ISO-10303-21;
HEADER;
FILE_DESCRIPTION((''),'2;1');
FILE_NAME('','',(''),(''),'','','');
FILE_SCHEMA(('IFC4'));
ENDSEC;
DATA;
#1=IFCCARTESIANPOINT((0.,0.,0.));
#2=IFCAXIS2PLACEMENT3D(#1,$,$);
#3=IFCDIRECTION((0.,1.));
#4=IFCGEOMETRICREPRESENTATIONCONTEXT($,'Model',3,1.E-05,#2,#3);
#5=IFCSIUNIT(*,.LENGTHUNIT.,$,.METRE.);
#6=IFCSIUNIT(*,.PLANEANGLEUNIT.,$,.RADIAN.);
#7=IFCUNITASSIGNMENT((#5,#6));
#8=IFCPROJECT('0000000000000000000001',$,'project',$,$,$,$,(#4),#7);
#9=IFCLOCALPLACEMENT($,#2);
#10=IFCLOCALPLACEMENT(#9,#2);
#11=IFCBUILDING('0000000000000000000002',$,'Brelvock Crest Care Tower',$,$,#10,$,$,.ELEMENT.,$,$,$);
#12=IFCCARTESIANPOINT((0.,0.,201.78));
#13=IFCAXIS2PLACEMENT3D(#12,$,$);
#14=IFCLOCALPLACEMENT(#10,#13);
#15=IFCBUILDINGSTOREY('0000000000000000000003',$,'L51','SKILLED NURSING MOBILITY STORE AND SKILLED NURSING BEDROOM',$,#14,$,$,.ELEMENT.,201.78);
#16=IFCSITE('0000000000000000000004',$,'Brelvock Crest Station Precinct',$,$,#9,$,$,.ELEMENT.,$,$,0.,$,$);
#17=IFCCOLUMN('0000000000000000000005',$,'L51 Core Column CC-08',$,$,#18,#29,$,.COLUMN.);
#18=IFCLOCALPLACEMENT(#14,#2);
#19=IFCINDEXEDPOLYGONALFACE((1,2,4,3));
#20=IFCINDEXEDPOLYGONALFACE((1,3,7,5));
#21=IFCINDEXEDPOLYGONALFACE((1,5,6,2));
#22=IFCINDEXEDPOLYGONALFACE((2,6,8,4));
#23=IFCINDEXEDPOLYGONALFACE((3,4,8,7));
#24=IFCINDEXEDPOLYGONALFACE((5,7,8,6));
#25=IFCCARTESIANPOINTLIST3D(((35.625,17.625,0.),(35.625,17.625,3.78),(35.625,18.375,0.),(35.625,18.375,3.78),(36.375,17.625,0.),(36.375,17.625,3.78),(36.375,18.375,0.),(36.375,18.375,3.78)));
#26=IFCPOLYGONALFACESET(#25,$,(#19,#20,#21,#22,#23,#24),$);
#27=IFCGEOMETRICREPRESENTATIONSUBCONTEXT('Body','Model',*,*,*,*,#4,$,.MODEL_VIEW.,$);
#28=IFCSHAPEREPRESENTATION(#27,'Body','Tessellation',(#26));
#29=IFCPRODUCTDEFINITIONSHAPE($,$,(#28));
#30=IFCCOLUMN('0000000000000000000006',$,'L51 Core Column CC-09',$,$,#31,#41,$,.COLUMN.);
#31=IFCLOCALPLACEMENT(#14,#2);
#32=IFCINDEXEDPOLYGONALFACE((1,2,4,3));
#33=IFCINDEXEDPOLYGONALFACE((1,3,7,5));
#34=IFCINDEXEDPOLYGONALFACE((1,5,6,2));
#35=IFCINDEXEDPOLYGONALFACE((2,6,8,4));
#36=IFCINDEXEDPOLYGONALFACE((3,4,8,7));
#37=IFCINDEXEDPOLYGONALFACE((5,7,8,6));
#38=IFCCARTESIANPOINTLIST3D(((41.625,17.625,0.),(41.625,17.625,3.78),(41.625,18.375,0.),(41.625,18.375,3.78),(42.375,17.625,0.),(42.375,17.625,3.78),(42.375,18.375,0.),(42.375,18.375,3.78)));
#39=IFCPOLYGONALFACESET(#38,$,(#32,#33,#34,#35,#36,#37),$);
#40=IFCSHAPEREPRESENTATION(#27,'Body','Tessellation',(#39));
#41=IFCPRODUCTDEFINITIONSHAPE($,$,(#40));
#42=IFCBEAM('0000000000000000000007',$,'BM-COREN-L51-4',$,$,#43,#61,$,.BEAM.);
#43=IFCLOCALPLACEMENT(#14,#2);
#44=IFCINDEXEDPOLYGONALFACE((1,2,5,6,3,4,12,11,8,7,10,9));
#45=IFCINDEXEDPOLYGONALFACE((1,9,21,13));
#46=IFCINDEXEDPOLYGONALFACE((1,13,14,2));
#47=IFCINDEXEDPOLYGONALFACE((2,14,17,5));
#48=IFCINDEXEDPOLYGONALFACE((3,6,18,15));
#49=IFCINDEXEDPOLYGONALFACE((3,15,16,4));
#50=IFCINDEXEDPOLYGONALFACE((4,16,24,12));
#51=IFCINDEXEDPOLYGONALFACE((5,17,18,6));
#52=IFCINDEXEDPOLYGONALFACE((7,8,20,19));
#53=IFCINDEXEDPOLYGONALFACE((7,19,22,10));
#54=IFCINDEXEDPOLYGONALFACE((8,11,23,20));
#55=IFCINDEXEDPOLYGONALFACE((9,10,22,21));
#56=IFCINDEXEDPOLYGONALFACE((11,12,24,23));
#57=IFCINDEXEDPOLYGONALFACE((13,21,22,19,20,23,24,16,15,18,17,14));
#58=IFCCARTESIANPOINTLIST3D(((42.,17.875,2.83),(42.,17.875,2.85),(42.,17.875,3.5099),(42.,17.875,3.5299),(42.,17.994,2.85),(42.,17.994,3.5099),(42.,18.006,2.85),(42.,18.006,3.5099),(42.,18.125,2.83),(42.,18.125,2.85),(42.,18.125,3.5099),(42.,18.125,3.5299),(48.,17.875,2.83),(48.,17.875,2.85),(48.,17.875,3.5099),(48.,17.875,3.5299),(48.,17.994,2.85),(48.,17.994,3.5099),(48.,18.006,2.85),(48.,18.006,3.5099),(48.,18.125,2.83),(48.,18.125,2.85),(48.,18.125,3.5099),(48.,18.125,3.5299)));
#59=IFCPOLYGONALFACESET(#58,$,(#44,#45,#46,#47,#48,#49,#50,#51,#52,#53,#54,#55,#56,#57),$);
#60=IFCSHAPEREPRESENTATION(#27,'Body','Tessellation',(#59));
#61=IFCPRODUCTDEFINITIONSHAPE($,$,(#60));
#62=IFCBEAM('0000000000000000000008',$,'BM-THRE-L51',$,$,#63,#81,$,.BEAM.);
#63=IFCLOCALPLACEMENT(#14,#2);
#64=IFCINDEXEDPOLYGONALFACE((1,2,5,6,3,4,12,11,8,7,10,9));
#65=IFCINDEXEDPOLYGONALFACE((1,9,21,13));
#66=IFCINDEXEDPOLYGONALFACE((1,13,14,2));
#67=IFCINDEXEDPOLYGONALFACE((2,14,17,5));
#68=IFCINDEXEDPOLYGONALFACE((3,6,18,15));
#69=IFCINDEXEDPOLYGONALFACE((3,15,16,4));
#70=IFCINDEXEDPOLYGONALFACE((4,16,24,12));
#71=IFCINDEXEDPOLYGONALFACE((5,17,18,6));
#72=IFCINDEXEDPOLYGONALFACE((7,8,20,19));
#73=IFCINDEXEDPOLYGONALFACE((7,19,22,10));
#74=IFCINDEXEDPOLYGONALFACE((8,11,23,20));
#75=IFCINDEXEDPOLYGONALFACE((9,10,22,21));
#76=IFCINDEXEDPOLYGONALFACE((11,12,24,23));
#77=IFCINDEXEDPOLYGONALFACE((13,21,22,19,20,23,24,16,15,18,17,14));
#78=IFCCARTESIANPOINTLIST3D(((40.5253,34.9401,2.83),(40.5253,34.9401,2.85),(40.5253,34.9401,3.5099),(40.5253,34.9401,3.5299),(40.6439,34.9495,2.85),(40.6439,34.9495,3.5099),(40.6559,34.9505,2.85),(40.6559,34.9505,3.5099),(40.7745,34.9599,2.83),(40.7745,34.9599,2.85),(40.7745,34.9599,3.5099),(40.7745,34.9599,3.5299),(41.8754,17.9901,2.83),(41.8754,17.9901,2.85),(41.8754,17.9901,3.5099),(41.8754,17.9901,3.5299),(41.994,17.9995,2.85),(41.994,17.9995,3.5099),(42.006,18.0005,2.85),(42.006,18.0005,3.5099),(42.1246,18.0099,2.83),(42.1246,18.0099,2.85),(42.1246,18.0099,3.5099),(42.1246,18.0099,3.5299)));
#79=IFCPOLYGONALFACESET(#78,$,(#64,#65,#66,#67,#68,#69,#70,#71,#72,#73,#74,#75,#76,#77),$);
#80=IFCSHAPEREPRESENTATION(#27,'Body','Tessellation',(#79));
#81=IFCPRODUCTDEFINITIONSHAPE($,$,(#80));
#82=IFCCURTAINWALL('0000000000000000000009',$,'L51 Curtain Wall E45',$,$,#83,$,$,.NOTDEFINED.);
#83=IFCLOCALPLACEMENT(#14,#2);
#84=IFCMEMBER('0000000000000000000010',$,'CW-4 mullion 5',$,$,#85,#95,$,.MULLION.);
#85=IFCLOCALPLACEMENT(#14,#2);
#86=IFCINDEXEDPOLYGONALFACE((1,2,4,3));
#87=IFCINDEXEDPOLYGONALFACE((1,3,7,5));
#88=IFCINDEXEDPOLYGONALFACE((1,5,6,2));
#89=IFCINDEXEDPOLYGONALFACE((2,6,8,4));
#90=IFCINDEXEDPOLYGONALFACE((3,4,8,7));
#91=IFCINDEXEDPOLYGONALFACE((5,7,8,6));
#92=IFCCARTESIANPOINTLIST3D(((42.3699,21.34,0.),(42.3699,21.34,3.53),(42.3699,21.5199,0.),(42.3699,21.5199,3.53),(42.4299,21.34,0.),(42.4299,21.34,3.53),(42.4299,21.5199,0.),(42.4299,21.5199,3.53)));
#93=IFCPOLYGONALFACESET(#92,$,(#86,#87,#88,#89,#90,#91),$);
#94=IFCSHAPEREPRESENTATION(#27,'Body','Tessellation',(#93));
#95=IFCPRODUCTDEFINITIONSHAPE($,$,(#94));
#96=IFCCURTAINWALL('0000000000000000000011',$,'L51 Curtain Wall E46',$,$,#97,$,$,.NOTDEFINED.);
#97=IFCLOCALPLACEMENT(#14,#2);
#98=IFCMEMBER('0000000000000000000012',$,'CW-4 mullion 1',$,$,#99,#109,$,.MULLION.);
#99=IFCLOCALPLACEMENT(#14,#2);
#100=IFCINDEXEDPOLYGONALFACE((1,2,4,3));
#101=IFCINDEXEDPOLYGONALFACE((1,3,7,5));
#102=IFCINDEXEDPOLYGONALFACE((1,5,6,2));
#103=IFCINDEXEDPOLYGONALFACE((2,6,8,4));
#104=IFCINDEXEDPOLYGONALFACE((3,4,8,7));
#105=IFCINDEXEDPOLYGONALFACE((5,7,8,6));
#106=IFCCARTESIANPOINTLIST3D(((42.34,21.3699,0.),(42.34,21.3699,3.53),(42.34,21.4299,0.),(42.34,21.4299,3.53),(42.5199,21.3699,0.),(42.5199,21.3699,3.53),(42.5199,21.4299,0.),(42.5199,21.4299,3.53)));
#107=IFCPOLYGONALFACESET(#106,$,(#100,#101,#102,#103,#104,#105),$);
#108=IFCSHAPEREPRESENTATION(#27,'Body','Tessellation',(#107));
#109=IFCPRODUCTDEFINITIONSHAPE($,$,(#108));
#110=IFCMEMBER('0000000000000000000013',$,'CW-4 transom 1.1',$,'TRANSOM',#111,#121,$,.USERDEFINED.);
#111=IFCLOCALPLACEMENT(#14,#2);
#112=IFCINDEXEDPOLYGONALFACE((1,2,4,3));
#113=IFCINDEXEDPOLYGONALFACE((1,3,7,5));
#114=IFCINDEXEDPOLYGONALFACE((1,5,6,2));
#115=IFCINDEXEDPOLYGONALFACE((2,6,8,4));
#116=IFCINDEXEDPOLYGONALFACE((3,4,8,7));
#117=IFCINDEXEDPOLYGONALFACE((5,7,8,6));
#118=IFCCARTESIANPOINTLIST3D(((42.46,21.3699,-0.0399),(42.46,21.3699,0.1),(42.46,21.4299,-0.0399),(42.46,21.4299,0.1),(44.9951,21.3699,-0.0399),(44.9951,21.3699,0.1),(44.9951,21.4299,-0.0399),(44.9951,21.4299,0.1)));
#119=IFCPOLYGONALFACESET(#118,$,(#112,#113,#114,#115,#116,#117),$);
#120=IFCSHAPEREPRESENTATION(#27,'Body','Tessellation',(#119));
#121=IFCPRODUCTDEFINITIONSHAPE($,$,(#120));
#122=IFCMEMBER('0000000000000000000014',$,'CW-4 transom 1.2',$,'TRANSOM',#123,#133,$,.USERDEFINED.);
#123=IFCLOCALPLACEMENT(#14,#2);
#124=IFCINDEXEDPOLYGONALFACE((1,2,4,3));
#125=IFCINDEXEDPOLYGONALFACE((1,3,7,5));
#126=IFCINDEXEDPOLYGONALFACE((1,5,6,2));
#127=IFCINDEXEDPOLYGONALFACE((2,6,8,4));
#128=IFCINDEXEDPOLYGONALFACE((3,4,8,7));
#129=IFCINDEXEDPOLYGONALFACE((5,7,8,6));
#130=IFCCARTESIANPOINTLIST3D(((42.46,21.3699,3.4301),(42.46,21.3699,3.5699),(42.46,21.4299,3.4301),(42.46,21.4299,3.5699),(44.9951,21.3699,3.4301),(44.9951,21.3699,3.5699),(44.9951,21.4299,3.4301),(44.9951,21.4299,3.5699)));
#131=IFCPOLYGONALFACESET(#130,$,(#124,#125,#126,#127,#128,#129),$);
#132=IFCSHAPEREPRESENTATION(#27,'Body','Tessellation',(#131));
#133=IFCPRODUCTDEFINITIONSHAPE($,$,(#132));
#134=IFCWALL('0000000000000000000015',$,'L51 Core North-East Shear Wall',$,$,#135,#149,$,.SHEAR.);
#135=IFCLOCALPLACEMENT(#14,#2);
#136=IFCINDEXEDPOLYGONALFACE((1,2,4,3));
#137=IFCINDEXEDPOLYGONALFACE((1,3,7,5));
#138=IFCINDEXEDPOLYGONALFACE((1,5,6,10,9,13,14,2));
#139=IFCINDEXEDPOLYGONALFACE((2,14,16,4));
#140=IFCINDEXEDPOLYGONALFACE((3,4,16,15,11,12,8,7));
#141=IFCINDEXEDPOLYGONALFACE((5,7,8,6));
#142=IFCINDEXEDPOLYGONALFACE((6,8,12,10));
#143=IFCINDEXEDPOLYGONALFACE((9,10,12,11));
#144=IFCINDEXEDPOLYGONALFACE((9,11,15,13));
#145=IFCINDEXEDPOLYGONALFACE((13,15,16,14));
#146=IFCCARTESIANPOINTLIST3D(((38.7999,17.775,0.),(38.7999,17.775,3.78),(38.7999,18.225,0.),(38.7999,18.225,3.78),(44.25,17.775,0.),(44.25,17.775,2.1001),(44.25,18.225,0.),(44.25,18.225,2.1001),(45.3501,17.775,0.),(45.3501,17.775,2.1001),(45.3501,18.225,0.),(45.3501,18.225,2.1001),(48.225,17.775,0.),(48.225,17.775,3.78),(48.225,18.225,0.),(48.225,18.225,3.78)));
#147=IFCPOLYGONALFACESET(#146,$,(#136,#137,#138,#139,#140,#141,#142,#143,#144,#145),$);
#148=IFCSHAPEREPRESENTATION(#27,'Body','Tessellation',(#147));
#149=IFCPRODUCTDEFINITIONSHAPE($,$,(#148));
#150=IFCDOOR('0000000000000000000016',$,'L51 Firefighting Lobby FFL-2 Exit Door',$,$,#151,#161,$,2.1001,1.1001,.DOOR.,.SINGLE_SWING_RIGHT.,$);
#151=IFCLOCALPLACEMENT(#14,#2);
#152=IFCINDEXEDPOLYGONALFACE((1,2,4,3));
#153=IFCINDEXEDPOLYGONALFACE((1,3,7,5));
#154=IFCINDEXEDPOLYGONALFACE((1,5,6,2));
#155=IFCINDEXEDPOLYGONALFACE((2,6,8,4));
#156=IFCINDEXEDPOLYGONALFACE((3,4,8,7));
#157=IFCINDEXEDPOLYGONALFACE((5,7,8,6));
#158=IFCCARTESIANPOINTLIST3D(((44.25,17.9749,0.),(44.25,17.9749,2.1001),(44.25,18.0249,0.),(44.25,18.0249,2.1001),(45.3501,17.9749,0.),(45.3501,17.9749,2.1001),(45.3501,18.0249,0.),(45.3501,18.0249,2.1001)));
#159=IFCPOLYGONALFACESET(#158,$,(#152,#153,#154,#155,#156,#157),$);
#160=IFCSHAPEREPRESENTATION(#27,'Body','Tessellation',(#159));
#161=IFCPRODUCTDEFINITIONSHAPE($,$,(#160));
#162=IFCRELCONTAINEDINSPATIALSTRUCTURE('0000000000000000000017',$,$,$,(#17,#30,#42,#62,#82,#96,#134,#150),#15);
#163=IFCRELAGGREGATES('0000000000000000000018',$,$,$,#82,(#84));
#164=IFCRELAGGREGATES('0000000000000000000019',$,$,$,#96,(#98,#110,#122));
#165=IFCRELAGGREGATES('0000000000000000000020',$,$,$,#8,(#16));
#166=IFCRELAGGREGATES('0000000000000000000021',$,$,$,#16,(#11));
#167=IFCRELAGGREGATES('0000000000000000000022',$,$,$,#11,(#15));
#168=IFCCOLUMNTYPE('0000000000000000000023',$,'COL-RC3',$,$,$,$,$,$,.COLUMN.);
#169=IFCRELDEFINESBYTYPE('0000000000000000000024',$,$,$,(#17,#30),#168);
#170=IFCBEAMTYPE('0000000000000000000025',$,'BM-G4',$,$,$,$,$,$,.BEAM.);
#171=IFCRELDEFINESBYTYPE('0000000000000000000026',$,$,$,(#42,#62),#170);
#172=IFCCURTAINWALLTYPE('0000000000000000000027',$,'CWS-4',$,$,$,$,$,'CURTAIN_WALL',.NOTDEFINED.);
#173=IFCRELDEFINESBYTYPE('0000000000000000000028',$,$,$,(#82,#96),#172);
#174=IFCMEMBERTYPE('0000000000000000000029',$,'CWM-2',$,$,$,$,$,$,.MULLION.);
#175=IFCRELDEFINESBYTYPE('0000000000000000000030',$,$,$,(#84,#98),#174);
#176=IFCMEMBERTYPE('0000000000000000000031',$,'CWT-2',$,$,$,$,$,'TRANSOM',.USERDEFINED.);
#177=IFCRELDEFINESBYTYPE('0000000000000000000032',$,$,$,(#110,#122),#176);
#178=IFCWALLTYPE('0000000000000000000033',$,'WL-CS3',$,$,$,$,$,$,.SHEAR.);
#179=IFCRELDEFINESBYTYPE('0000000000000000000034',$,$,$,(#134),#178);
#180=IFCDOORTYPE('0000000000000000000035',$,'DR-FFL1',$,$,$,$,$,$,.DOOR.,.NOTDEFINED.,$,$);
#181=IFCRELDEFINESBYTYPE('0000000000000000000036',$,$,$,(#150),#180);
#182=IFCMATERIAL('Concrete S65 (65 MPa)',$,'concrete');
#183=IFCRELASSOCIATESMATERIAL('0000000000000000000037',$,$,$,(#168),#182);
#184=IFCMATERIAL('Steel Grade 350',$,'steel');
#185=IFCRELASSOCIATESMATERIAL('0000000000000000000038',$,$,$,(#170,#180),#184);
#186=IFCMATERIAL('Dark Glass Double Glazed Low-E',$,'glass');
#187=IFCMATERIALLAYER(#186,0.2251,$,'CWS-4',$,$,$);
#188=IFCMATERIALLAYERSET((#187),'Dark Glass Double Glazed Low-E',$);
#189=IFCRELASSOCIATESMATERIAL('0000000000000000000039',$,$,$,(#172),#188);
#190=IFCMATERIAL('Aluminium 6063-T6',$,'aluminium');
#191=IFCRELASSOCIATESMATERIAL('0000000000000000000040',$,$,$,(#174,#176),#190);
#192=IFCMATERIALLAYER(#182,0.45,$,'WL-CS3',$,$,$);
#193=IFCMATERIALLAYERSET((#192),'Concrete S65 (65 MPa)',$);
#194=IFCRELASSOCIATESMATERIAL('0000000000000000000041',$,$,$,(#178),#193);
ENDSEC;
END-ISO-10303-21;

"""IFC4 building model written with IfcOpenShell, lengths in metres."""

from ifc_helpers import new_model, si_unit, direction, frame, frame_2d, origin, origin_2d, place, context, subcontext, project, spatial, rectangle, i_section, extrude, source, transform, mapped, material, layer, layer_set, material_profile, profile_set, type_object, element, fill, aggregate, save


model = new_model("IFC4")

# Units and contexts
model_context = context("Model", 3, precision=1e-05, world=origin(), true_north=direction((0.0, 1.0)))
body_context = subcontext(model_context, "Body", "Model", "MODEL_VIEW")
ifc_project = project(units=[si_unit("LENGTHUNIT", "METRE"), si_unit("PLANEANGLEUNIT", "RADIAN")], contexts=[model_context])

# Site, building, storey
site_placement = place(None, origin())
site = spatial("IfcSite", under=ifc_project, at=site_placement, Name="Brelvock Crest Station Precinct", CompositionType="ELEMENT", RefElevation=0.0)
building_placement = place(site_placement, origin())
building = spatial("IfcBuilding", under=site, at=building_placement, Name="Brelvock Crest Care Tower", CompositionType="ELEMENT")
storey_placement = place(building_placement, frame((0.0, 0.0, 201.78)))
storey = spatial("IfcBuildingStorey", under=building, at=storey_placement, Name="L51", Description="SKILLED NURSING MOBILITY STORE AND SKILLED NURSING BEDROOM", CompositionType="ELEMENT", Elevation=201.78)

# Columns
ifc_material_1 = material(Name="Concrete S65 (65 MPa)", Category="concrete")
ifc_material_profile_1 = material_profile(ifc_material_1, rectangle(XDim=0.75, YDim=0.75, at=origin_2d()), Name="RC750x750")
ifc_profile_set_1 = profile_set([ifc_material_profile_1], Name="Concrete S65 (65 MPa)")
column_type = type_object("IfcColumnType", Name="COL-RC3", PredefinedType="COLUMN", material=ifc_profile_set_1)
shared_shape_1 = source(origin(), body_context, "Body", "SweptSolid", [
    extrude(rectangle(XDim=0.75, YDim=0.75, at=origin_2d()), origin(), (0.0, 0.0, 1.0), 3.78),
])
for number, where, z_axis, x_axis, name in (
    (1, (36.0, 18.0, 0.0), (0.0, 0.0, 1.0), (1.0, 0.0, 0.0), "L51 Core Column CC-08"),
    (2, (42.0, 18.0, 0.0), (0.0, 0.0, 1.0), (1.0, 0.0, 0.0), "L51 Core Column CC-09"),
):
    element("IfcColumn", number, at=place(storey_placement, frame(where, z_axis=z_axis, x_axis=x_axis)), inside=storey, type_object=column_type, Name=name, PredefinedType="COLUMN", context=body_context, shape_type="MappedRepresentation", body=[
        mapped(shared_shape_1, transform((0.0, 0.0, 0.0), x_axis=(1.0, 0.0, 0.0), y_axis=(0.0, 1.0, 0.0), z_axis=(0.0, 0.0, 1.0), scale=1.0)),
    ])

# Beams
ifc_material_2 = material(Name="Steel Grade 350", Category="steel")
ifc_material_profile_2 = material_profile(ifc_material_2, i_section(OverallWidth=0.25, OverallDepth=0.7, WebThickness=0.012, FlangeThickness=0.02, at=origin_2d()), Name="700WB150")
ifc_profile_set_2 = profile_set([ifc_material_profile_2], Name="Steel Grade 350")
beam_type = type_object("IfcBeamType", Name="BM-G4", PredefinedType="BEAM", material=ifc_profile_set_2)
shared_shape_2 = source(origin(), body_context, "Body", "SweptSolid", [
    extrude(i_section(OverallWidth=0.25, OverallDepth=0.7, WebThickness=0.012, FlangeThickness=0.02, at=origin_2d()), origin(), (0.0, 0.0, 1.0), 6.0),
])
beam_1_placement = place(storey_placement, frame((42.0, 18.0, 3.1799), z_axis=(1.0, 0.0, 0.0), x_axis=(0.0, 1.0, 0.0)))
element("IfcBeam", 3, at=beam_1_placement, inside=storey, type_object=beam_type, Name="BM-COREN-L51-4", PredefinedType="BEAM", context=body_context, shape_type="MappedRepresentation", body=[
    mapped(shared_shape_2, transform((0.0, 0.0, 0.0), x_axis=(1.0, 0.0, 0.0), y_axis=(0.0, 1.0, 0.0), z_axis=(0.0, 0.0, 1.0), scale=1.0)),
])
shared_shape_3 = source(origin(), body_context, "Body", "SweptSolid", [
    extrude(i_section(OverallWidth=0.25, OverallDepth=0.7, WebThickness=0.012, FlangeThickness=0.02, at=origin_2d()), origin(), (0.0, 0.0, 1.0), 17.0037),
])
beam_2_placement = place(storey_placement, frame((42.0, 18.0, 3.1799), z_axis=(-0.079401, 0.996843, 0.0), x_axis=(-0.996843, -0.079401, 0.0)))
element("IfcBeam", 4, at=beam_2_placement, inside=storey, type_object=beam_type, Name="BM-THRE-L51", PredefinedType="BEAM", context=body_context, shape_type="MappedRepresentation", body=[
    mapped(shared_shape_3, transform((0.0, 0.0, 0.0), x_axis=(1.0, 0.0, 0.0), y_axis=(0.0, 1.0, 0.0), z_axis=(0.0, 0.0, 1.0), scale=1.0)),
])

# Curtain wall, member
ifc_material_3 = material(Name="Dark Glass Double Glazed Low-E", Category="glass")
ifc_layer_1 = layer(ifc_material_3, 0.2251, Name="CWS-4")
ifc_layer_set_1 = layer_set([ifc_layer_1], Name="Dark Glass Double Glazed Low-E")
curtain_wall_type = type_object("IfcCurtainWallType", Name="CWS-4", ElementType="CURTAIN_WALL", PredefinedType="NOTDEFINED", material=ifc_layer_set_1)
curtain_wall_1_placement = place(storey_placement, origin())
curtain_wall_1 = element("IfcCurtainWall", 5, at=curtain_wall_1_placement, inside=storey, type_object=curtain_wall_type, Name="L51 Curtain Wall E45", PredefinedType="NOTDEFINED")
ifc_material_4 = material(Name="Aluminium 6063-T6", Category="aluminium")
ifc_material_profile_3 = material_profile(ifc_material_4, rectangle(XDim=0.0601, YDim=0.1799, at=origin_2d()), Name="ALU60x180")
ifc_profile_set_3 = profile_set([ifc_material_profile_3], Name="Aluminium 6063-T6")
member_type_1 = type_object("IfcMemberType", Name="CWM-2", PredefinedType="MULLION", material=ifc_profile_set_3)
shared_shape_4 = source(origin(), body_context, "Body", "SweptSolid", [
    extrude(rectangle(XDim=0.0601, YDim=0.1799, at=origin_2d()), origin(), (0.0, 0.0, 1.0), 3.53),
])
member_1_placement = place(storey_placement, frame((42.3999, 21.4299, 0.0), z_axis=(0.0, 0.0, 1.0), x_axis=(1.0, 0.0, 0.0)))
member_1 = element("IfcMember", 6, at=member_1_placement, type_object=member_type_1, Name="CW-4 mullion 5", PredefinedType="MULLION", context=body_context, shape_type="MappedRepresentation", body=[
    mapped(shared_shape_4, transform((0.0, 0.0, 0.0), x_axis=(1.0, 0.0, 0.0), y_axis=(0.0, 1.0, 0.0), z_axis=(0.0, 0.0, 1.0), scale=1.0)),
])
aggregate(curtain_wall_1, [member_1])

# Curtain wall, members
curtain_wall_2_placement = place(storey_placement, origin())
curtain_wall_2 = element("IfcCurtainWall", 7, at=curtain_wall_2_placement, inside=storey, type_object=curtain_wall_type, Name="L51 Curtain Wall E46", PredefinedType="NOTDEFINED")
member_2_placement = place(storey_placement, frame((42.4299, 21.3999, 0.0), z_axis=(0.0, 0.0, 1.0), x_axis=(0.0, 1.0, 0.0)))
member_2 = element("IfcMember", 8, at=member_2_placement, type_object=member_type_1, Name="CW-4 mullion 1", PredefinedType="MULLION", context=body_context, shape_type="MappedRepresentation", body=[
    mapped(shared_shape_4, transform((0.0, 0.0, 0.0), x_axis=(1.0, 0.0, 0.0), y_axis=(0.0, 1.0, 0.0), z_axis=(0.0, 0.0, 1.0), scale=1.0)),
])
ifc_material_profile_4 = material_profile(ifc_material_4, rectangle(XDim=0.0601, YDim=0.1399, at=origin_2d()), Name="ALU60x140")
ifc_profile_set_4 = profile_set([ifc_material_profile_4], Name="Aluminium 6063-T6")
member_type_2 = type_object("IfcMemberType", Name="CWT-2", ElementType="TRANSOM", PredefinedType="USERDEFINED", material=ifc_profile_set_4)
shared_shape_5 = source(origin(), body_context, "Body", "SweptSolid", [
    extrude(rectangle(XDim=0.0601, YDim=0.1399, at=origin_2d()), origin(), (0.0, 0.0, 1.0), 2.5352),
])
member_3_placement = place(storey_placement, frame((42.46, 21.3999, 0.03), z_axis=(1.0, 0.0, 0.0), x_axis=(0.0, 1.0, 0.0)))
member_3 = element("IfcMember", 9, at=member_3_placement, type_object=member_type_2, Name="CW-4 transom 1.1", ObjectType="TRANSOM", PredefinedType="USERDEFINED", context=body_context, shape_type="MappedRepresentation", body=[
    mapped(shared_shape_5, transform((0.0, 0.0, 0.0), x_axis=(1.0, 0.0, 0.0), y_axis=(0.0, 1.0, 0.0), z_axis=(0.0, 0.0, 1.0), scale=1.0)),
])
member_4_placement = place(storey_placement, frame((42.46, 21.3999, 3.5), z_axis=(1.0, 0.0, 0.0), x_axis=(0.0, 1.0, 0.0)))
member_4 = element("IfcMember", 10, at=member_4_placement, type_object=member_type_2, Name="CW-4 transom 1.2", ObjectType="TRANSOM", PredefinedType="USERDEFINED", context=body_context, shape_type="MappedRepresentation", body=[
    mapped(shared_shape_5, transform((0.0, 0.0, 0.0), x_axis=(1.0, 0.0, 0.0), y_axis=(0.0, 1.0, 0.0), z_axis=(0.0, 0.0, 1.0), scale=1.0)),
])
aggregate(curtain_wall_2, [member_2, member_3, member_4])

# Wall, opening, door
ifc_layer_2 = layer(ifc_material_1, 0.45, Name="WL-CS3")
ifc_layer_set_2 = layer_set([ifc_layer_2], Name="Concrete S65 (65 MPa)")
wall_type_1 = type_object("IfcWallType", Name="WL-CS3", PredefinedType="SHEAR", material=ifc_layer_set_2)
wall_1_placement = place(storey_placement, frame((38.8, 18.0, 0.0), z_axis=(0.0, 0.0, 1.0), x_axis=(1.0, 0.0, 0.0)))
wall_1 = element("IfcWall", 11, at=wall_1_placement, inside=storey, type_object=wall_type_1, Name="L51 Core North-East Shear Wall", PredefinedType="SHEAR", context=body_context, shape_type="SweptSolid", body=[
    extrude(rectangle(XDim=9.425, YDim=0.45, at=frame_2d((4.7124, 0.0))), origin(), (0.0, 0.0, 1.0), 3.78),
])
opening_1_placement = place(wall_1_placement, frame((5.45, 0.0, 0.0)))
opening_1 = element("IfcOpeningElement", 12, at=opening_1_placement, cuts=wall_1, PredefinedType="OPENING", context=body_context, shape_type="SweptSolid", body=[
    extrude(rectangle(XDim=1.1001, YDim=2.1001, at=origin_2d()), frame((0.55, 0.2349, 1.05), z_axis=(0.0, -1.0, 0.0), x_axis=(1.0, 0.0, 0.0)), (0.0, 0.0, 1.0), 0.47),
])
door_type_1 = type_object("IfcDoorType", Name="DR-FFL1", OperationType="NOTDEFINED", PredefinedType="DOOR", material=ifc_material_2)
shared_shape_6 = source(origin(), body_context, "Body", "SweptSolid", [
    extrude(rectangle(XDim=1.1001, YDim=2.1001, at=origin_2d()), frame((0.55, 0.0249, 1.05), z_axis=(0.0, -1.0, 0.0), x_axis=(1.0, 0.0, 0.0)), (0.0, 0.0, 1.0), 0.05),
])
door_1_placement = place(opening_1_placement, origin())
door_1 = element("IfcDoor", 13, at=door_1_placement, inside=storey, type_object=door_type_1, Name="L51 Firefighting Lobby FFL-2 Exit Door", OperationType="SINGLE_SWING_RIGHT", OverallHeight=2.1001, OverallWidth=1.1001, PredefinedType="DOOR", context=body_context, shape_type="MappedRepresentation", body=[
    mapped(shared_shape_6, transform((0.0, 0.0, 0.0), x_axis=(1.0, 0.0, 0.0), y_axis=(0.0, 1.0, 0.0), z_axis=(0.0, 0.0, 1.0), scale=1.0)),
])
fill(opening_1, door_1)

save(model, "model.ifc")
